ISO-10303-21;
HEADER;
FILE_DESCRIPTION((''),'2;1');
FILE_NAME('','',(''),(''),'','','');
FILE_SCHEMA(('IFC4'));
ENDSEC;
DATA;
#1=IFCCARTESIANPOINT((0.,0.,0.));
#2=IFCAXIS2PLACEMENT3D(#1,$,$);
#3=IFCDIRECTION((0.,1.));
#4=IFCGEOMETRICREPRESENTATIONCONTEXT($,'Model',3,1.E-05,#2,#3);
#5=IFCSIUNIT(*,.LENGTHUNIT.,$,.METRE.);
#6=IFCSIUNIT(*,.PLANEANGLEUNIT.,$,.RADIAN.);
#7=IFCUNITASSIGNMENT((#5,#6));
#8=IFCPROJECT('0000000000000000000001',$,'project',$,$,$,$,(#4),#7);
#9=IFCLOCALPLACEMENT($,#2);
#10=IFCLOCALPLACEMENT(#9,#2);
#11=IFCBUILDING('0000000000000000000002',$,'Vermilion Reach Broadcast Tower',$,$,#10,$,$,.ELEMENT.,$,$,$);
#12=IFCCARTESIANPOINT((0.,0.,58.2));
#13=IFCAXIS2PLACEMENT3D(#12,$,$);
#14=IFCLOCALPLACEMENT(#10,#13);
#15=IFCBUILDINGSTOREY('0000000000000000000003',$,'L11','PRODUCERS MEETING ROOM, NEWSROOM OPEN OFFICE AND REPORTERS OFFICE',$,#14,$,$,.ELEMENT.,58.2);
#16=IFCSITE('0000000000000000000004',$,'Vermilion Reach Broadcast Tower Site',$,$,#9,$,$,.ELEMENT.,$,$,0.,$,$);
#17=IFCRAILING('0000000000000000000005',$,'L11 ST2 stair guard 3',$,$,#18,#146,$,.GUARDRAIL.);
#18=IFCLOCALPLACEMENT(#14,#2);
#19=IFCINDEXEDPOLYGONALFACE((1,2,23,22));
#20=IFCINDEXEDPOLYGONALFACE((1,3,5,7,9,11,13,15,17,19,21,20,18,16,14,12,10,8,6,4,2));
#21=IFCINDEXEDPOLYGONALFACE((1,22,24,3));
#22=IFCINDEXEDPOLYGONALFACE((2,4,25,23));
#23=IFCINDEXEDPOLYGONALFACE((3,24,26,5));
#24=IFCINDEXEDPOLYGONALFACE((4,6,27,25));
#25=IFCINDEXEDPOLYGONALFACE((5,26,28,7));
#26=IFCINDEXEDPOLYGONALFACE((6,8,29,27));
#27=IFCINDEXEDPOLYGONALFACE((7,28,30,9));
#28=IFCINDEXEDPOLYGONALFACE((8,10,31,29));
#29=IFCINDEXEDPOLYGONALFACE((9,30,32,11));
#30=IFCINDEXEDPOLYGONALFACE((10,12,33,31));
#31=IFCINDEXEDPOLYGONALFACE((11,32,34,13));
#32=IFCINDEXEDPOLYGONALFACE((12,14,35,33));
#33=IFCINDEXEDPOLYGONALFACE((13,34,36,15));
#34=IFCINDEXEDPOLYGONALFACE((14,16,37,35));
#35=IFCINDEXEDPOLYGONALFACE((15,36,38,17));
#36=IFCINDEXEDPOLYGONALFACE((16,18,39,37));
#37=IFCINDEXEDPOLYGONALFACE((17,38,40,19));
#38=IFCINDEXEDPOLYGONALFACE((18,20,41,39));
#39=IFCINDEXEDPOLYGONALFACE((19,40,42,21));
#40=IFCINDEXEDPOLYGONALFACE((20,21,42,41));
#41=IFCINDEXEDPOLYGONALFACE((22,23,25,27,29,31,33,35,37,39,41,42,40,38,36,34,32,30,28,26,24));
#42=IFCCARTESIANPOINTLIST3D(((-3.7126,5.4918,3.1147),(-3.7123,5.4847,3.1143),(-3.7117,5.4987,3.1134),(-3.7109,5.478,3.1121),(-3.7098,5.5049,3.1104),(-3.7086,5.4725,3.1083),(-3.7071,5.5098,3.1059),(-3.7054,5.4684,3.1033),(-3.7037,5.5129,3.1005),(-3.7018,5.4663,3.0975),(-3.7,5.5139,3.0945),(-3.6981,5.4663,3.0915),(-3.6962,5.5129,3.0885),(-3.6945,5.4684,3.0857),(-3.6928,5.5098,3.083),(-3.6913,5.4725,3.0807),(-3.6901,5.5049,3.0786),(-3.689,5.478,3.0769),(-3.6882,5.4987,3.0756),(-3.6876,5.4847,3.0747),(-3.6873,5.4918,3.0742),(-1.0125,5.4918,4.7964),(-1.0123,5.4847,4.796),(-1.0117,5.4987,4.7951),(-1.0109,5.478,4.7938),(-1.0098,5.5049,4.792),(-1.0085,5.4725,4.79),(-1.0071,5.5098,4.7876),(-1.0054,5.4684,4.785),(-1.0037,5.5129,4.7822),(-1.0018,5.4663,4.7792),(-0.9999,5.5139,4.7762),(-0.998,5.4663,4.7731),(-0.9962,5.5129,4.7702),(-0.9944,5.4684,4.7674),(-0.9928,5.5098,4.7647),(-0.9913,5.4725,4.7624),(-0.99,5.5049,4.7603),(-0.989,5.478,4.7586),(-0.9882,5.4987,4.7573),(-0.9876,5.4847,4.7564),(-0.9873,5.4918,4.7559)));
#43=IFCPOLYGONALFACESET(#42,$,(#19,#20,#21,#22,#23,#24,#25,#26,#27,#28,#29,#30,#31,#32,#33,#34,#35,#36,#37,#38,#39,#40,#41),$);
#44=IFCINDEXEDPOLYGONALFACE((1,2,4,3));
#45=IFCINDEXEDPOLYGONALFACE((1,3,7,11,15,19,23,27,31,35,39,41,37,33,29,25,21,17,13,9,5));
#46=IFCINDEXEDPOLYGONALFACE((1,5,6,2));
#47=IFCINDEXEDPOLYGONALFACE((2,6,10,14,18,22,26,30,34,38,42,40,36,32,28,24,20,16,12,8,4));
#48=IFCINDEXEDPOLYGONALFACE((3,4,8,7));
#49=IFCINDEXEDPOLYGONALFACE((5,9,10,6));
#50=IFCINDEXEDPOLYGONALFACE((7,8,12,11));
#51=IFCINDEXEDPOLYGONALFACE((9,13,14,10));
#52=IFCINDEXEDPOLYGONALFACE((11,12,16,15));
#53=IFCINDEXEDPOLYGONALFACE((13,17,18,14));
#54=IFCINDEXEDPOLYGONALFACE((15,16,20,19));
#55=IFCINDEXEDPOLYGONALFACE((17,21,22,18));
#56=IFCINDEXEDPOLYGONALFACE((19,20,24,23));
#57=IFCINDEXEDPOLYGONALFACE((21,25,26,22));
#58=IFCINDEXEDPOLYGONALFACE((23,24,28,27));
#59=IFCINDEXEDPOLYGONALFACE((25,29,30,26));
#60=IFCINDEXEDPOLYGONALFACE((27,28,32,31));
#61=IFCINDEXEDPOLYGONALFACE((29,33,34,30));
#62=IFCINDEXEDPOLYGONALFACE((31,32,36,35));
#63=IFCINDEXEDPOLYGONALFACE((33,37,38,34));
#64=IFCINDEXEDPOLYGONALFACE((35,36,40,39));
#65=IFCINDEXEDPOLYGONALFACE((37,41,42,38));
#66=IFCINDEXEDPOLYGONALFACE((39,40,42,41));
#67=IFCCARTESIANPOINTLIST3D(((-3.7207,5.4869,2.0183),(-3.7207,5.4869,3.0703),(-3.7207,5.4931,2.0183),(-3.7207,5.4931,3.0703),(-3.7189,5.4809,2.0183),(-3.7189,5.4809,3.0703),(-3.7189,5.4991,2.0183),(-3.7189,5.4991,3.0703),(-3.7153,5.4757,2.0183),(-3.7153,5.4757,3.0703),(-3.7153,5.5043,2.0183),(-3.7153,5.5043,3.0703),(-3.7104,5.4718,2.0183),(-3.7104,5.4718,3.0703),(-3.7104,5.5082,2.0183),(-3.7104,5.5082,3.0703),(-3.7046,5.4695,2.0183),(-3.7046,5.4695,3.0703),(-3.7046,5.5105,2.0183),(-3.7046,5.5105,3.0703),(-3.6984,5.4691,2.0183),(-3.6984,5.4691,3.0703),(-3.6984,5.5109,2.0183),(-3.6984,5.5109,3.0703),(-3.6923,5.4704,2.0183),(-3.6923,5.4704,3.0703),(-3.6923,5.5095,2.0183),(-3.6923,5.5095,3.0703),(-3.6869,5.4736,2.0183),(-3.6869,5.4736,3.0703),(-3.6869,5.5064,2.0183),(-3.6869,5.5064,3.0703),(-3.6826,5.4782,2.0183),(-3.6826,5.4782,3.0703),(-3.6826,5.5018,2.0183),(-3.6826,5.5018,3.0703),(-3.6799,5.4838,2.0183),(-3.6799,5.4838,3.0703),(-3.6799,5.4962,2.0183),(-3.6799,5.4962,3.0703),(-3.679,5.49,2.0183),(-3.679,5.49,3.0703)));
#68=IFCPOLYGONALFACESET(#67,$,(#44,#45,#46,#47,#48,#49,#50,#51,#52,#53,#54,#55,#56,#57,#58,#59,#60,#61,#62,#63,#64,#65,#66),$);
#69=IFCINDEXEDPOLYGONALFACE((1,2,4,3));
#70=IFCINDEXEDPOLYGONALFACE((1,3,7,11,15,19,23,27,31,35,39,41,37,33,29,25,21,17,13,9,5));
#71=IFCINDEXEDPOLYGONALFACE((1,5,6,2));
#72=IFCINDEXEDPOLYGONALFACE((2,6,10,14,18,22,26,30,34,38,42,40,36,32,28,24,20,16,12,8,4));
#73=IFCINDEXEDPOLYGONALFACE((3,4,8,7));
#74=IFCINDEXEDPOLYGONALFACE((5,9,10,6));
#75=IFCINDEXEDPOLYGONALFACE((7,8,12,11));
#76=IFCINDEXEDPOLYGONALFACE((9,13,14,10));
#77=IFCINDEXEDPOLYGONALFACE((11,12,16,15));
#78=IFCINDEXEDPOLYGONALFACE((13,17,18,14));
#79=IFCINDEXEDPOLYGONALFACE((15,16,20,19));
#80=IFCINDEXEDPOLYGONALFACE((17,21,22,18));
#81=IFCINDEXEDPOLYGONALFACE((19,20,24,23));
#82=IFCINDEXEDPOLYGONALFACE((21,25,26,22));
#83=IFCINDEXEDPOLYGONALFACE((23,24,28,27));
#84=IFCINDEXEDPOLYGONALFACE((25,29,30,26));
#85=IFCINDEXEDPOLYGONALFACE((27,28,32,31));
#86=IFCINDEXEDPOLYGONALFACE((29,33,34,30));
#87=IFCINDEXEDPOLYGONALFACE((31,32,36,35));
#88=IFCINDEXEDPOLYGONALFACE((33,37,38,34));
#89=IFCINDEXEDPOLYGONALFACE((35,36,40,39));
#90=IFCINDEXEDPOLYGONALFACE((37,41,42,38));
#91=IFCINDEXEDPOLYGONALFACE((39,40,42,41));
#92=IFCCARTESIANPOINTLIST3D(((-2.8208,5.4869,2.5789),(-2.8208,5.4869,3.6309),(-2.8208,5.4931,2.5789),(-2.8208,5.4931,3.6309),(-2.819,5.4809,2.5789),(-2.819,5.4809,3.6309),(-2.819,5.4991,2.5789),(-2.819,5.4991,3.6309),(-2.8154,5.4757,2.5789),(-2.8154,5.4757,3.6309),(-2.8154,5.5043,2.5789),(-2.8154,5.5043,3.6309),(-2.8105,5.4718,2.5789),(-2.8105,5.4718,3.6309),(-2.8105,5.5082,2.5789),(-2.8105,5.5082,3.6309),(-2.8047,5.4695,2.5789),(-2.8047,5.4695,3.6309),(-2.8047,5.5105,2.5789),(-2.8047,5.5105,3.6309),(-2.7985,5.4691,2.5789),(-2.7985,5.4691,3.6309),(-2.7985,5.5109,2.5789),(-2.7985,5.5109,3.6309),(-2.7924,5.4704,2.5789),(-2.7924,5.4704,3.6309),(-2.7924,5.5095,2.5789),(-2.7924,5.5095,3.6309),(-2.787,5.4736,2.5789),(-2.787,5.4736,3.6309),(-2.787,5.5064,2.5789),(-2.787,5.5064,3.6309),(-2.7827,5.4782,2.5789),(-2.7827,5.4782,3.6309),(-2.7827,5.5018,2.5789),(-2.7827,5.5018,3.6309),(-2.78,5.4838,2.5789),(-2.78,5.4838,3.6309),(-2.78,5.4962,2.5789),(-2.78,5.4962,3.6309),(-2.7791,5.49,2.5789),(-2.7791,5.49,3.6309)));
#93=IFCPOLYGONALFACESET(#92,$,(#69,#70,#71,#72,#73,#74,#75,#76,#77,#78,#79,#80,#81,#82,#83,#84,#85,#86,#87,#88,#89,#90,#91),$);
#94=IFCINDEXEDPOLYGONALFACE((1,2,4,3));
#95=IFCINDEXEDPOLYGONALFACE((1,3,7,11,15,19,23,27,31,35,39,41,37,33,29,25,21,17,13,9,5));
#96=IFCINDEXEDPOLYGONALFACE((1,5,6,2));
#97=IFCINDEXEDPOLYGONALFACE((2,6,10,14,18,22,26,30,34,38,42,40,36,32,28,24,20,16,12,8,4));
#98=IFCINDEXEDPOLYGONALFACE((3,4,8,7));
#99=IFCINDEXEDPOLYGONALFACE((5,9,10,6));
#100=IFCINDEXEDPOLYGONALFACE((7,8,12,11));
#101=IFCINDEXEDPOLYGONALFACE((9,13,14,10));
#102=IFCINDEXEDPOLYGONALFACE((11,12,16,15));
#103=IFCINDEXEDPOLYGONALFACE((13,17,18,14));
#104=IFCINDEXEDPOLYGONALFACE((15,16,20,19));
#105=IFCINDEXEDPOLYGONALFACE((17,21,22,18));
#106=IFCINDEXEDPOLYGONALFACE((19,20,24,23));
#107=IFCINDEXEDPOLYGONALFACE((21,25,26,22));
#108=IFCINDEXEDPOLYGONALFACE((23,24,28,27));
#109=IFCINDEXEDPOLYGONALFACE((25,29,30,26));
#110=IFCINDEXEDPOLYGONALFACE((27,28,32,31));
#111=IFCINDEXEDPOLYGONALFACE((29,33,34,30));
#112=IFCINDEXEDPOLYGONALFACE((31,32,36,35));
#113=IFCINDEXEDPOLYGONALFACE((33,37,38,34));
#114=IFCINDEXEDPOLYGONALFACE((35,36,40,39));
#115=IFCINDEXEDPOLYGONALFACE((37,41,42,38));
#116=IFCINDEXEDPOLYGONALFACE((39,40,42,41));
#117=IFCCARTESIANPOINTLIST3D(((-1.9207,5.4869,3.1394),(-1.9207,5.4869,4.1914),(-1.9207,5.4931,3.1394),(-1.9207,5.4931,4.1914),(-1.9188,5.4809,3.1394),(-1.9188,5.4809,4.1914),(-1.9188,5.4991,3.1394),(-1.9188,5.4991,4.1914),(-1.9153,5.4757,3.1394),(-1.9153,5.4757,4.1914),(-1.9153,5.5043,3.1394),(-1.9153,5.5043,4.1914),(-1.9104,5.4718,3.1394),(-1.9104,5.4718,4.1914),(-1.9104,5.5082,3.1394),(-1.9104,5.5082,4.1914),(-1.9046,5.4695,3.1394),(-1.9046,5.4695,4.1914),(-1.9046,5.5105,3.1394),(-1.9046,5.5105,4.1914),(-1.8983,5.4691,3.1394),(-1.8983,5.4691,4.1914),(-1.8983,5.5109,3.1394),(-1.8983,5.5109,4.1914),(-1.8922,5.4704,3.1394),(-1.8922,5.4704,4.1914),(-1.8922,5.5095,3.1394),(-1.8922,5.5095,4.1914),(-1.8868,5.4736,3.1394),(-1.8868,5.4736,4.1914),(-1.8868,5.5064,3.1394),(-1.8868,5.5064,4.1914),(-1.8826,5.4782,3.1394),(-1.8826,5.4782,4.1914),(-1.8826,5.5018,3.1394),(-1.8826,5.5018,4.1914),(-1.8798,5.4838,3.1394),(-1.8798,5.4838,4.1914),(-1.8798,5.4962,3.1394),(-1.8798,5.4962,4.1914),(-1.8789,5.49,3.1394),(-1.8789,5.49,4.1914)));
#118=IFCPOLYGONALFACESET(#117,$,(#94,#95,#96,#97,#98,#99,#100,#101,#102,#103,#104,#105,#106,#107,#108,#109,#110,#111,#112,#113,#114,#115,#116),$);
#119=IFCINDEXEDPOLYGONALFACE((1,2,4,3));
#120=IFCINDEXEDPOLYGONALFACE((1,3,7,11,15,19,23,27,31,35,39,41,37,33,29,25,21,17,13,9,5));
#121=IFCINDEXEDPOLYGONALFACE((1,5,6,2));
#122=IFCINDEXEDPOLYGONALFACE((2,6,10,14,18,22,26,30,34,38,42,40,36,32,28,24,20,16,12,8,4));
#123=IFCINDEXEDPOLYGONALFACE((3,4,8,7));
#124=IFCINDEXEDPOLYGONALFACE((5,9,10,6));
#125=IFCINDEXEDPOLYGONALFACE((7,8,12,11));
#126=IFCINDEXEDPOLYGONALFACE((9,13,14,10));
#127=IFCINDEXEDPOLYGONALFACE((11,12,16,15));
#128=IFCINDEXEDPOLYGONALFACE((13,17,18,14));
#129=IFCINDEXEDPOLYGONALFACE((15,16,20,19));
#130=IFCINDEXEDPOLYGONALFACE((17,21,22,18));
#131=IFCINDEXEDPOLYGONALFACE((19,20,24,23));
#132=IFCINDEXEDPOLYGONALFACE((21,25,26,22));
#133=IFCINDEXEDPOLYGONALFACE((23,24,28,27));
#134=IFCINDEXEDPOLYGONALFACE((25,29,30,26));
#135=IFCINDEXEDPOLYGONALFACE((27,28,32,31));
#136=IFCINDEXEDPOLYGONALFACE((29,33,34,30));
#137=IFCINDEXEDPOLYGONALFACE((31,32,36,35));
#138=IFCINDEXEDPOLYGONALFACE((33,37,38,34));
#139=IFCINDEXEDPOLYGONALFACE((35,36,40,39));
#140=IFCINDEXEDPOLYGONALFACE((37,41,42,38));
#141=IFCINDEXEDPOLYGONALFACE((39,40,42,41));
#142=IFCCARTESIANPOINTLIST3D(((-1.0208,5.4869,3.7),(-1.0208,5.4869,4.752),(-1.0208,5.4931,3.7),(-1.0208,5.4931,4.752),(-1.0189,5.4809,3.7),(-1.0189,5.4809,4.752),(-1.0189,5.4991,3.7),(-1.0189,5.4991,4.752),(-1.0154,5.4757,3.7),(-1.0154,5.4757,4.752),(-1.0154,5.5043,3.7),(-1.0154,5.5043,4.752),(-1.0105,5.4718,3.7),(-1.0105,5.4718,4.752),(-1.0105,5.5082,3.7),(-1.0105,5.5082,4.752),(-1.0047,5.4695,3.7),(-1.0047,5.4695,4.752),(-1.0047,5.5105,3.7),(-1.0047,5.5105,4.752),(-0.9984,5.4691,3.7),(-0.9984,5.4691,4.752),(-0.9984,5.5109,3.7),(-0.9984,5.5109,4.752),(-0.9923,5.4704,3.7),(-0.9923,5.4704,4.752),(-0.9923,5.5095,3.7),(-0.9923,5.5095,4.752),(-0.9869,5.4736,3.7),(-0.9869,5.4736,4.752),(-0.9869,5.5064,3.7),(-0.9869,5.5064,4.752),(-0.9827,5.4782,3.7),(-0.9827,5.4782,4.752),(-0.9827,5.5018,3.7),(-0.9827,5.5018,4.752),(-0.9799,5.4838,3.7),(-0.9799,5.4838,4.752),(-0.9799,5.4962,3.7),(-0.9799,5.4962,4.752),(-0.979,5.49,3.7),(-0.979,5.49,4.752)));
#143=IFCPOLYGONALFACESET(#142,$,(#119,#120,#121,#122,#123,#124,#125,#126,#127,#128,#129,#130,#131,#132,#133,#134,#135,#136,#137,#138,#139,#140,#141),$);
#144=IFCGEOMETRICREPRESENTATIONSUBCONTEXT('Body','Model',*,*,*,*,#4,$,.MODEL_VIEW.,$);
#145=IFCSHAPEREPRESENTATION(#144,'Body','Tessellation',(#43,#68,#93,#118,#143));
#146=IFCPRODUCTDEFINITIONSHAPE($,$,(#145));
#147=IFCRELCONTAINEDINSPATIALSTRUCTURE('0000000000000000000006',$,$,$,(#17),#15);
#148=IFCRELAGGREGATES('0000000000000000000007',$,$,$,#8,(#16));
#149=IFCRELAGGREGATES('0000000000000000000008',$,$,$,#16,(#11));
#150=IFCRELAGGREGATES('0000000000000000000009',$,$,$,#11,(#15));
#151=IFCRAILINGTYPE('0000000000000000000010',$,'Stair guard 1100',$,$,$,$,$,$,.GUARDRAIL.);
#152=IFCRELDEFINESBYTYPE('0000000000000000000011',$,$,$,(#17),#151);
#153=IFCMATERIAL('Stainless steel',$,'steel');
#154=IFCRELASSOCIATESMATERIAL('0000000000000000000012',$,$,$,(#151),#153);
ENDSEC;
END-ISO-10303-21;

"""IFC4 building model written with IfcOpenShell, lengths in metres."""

from ifc_helpers import new_model, si_unit, direction, frame, origin, origin_2d, place, context, subcontext, project, spatial, circle, extrude, material, type_object, element, save


model = new_model("IFC4")

# Units and contexts
model_context = context("Model", 3, precision=1e-05, world=origin(), true_north=direction((0.0, 1.0)))
body_context = subcontext(model_context, "Body", "Model", "MODEL_VIEW")
ifc_project = project(units=[si_unit("LENGTHUNIT", "METRE"), si_unit("PLANEANGLEUNIT", "RADIAN")], contexts=[model_context])

# Site, building, storey
site_placement = place(None, origin())
site = spatial("IfcSite", under=ifc_project, at=site_placement, Name="Vermilion Reach Broadcast Tower Site", CompositionType="ELEMENT", RefElevation=0.0)
building_placement = place(site_placement, origin())
building = spatial("IfcBuilding", under=site, at=building_placement, Name="Vermilion Reach Broadcast Tower", CompositionType="ELEMENT")
storey_placement = place(building_placement, frame((0.0, 0.0, 58.2)))
storey = spatial("IfcBuildingStorey", under=building, at=storey_placement, Name="L11", Description="PRODUCERS MEETING ROOM, NEWSROOM OPEN OFFICE AND REPORTERS OFFICE", CompositionType="ELEMENT", Elevation=58.2)

# Railing
ifc_material_1 = material(Name="Stainless steel", Category="steel")
railing_type_1 = type_object("IfcRailingType", Name="Stair guard 1100", PredefinedType="GUARDRAIL", material=ifc_material_1)
railing_1_placement = place(storey_placement, frame((-3.7, 5.49, 2.0183)))
element("IfcRailing", 1, at=railing_1_placement, inside=storey, type_object=railing_type_1, Name="L11 ST2 stair guard 3", PredefinedType="GUARDRAIL", context=body_context, shape_type="SweptSolid", body=[
    extrude(circle(Radius=0.0239, at=origin_2d()), frame((0.0, 0.0, 1.0762), z_axis=(0.848821, 0.0, 0.528681), x_axis=(0.0, 1.0, 0.0)), (0.0, 0.0, 1.0), 3.1809),
    extrude(circle(Radius=0.021, at=origin_2d()), origin(), (0.0, 0.0, 1.0), 1.052),
    extrude(circle(Radius=0.021, at=origin_2d()), frame((0.8999, 0.0, 0.5605)), (0.0, 0.0, 1.0), 1.052),
    extrude(circle(Radius=0.021, at=origin_2d()), frame((1.8, 0.0, 1.1211)), (0.0, 0.0, 1.0), 1.052),
    extrude(circle(Radius=0.021, at=origin_2d()), frame((2.7, 0.0, 1.6816)), (0.0, 0.0, 1.0), 1.052),
])

save(model, "model.ifc")
